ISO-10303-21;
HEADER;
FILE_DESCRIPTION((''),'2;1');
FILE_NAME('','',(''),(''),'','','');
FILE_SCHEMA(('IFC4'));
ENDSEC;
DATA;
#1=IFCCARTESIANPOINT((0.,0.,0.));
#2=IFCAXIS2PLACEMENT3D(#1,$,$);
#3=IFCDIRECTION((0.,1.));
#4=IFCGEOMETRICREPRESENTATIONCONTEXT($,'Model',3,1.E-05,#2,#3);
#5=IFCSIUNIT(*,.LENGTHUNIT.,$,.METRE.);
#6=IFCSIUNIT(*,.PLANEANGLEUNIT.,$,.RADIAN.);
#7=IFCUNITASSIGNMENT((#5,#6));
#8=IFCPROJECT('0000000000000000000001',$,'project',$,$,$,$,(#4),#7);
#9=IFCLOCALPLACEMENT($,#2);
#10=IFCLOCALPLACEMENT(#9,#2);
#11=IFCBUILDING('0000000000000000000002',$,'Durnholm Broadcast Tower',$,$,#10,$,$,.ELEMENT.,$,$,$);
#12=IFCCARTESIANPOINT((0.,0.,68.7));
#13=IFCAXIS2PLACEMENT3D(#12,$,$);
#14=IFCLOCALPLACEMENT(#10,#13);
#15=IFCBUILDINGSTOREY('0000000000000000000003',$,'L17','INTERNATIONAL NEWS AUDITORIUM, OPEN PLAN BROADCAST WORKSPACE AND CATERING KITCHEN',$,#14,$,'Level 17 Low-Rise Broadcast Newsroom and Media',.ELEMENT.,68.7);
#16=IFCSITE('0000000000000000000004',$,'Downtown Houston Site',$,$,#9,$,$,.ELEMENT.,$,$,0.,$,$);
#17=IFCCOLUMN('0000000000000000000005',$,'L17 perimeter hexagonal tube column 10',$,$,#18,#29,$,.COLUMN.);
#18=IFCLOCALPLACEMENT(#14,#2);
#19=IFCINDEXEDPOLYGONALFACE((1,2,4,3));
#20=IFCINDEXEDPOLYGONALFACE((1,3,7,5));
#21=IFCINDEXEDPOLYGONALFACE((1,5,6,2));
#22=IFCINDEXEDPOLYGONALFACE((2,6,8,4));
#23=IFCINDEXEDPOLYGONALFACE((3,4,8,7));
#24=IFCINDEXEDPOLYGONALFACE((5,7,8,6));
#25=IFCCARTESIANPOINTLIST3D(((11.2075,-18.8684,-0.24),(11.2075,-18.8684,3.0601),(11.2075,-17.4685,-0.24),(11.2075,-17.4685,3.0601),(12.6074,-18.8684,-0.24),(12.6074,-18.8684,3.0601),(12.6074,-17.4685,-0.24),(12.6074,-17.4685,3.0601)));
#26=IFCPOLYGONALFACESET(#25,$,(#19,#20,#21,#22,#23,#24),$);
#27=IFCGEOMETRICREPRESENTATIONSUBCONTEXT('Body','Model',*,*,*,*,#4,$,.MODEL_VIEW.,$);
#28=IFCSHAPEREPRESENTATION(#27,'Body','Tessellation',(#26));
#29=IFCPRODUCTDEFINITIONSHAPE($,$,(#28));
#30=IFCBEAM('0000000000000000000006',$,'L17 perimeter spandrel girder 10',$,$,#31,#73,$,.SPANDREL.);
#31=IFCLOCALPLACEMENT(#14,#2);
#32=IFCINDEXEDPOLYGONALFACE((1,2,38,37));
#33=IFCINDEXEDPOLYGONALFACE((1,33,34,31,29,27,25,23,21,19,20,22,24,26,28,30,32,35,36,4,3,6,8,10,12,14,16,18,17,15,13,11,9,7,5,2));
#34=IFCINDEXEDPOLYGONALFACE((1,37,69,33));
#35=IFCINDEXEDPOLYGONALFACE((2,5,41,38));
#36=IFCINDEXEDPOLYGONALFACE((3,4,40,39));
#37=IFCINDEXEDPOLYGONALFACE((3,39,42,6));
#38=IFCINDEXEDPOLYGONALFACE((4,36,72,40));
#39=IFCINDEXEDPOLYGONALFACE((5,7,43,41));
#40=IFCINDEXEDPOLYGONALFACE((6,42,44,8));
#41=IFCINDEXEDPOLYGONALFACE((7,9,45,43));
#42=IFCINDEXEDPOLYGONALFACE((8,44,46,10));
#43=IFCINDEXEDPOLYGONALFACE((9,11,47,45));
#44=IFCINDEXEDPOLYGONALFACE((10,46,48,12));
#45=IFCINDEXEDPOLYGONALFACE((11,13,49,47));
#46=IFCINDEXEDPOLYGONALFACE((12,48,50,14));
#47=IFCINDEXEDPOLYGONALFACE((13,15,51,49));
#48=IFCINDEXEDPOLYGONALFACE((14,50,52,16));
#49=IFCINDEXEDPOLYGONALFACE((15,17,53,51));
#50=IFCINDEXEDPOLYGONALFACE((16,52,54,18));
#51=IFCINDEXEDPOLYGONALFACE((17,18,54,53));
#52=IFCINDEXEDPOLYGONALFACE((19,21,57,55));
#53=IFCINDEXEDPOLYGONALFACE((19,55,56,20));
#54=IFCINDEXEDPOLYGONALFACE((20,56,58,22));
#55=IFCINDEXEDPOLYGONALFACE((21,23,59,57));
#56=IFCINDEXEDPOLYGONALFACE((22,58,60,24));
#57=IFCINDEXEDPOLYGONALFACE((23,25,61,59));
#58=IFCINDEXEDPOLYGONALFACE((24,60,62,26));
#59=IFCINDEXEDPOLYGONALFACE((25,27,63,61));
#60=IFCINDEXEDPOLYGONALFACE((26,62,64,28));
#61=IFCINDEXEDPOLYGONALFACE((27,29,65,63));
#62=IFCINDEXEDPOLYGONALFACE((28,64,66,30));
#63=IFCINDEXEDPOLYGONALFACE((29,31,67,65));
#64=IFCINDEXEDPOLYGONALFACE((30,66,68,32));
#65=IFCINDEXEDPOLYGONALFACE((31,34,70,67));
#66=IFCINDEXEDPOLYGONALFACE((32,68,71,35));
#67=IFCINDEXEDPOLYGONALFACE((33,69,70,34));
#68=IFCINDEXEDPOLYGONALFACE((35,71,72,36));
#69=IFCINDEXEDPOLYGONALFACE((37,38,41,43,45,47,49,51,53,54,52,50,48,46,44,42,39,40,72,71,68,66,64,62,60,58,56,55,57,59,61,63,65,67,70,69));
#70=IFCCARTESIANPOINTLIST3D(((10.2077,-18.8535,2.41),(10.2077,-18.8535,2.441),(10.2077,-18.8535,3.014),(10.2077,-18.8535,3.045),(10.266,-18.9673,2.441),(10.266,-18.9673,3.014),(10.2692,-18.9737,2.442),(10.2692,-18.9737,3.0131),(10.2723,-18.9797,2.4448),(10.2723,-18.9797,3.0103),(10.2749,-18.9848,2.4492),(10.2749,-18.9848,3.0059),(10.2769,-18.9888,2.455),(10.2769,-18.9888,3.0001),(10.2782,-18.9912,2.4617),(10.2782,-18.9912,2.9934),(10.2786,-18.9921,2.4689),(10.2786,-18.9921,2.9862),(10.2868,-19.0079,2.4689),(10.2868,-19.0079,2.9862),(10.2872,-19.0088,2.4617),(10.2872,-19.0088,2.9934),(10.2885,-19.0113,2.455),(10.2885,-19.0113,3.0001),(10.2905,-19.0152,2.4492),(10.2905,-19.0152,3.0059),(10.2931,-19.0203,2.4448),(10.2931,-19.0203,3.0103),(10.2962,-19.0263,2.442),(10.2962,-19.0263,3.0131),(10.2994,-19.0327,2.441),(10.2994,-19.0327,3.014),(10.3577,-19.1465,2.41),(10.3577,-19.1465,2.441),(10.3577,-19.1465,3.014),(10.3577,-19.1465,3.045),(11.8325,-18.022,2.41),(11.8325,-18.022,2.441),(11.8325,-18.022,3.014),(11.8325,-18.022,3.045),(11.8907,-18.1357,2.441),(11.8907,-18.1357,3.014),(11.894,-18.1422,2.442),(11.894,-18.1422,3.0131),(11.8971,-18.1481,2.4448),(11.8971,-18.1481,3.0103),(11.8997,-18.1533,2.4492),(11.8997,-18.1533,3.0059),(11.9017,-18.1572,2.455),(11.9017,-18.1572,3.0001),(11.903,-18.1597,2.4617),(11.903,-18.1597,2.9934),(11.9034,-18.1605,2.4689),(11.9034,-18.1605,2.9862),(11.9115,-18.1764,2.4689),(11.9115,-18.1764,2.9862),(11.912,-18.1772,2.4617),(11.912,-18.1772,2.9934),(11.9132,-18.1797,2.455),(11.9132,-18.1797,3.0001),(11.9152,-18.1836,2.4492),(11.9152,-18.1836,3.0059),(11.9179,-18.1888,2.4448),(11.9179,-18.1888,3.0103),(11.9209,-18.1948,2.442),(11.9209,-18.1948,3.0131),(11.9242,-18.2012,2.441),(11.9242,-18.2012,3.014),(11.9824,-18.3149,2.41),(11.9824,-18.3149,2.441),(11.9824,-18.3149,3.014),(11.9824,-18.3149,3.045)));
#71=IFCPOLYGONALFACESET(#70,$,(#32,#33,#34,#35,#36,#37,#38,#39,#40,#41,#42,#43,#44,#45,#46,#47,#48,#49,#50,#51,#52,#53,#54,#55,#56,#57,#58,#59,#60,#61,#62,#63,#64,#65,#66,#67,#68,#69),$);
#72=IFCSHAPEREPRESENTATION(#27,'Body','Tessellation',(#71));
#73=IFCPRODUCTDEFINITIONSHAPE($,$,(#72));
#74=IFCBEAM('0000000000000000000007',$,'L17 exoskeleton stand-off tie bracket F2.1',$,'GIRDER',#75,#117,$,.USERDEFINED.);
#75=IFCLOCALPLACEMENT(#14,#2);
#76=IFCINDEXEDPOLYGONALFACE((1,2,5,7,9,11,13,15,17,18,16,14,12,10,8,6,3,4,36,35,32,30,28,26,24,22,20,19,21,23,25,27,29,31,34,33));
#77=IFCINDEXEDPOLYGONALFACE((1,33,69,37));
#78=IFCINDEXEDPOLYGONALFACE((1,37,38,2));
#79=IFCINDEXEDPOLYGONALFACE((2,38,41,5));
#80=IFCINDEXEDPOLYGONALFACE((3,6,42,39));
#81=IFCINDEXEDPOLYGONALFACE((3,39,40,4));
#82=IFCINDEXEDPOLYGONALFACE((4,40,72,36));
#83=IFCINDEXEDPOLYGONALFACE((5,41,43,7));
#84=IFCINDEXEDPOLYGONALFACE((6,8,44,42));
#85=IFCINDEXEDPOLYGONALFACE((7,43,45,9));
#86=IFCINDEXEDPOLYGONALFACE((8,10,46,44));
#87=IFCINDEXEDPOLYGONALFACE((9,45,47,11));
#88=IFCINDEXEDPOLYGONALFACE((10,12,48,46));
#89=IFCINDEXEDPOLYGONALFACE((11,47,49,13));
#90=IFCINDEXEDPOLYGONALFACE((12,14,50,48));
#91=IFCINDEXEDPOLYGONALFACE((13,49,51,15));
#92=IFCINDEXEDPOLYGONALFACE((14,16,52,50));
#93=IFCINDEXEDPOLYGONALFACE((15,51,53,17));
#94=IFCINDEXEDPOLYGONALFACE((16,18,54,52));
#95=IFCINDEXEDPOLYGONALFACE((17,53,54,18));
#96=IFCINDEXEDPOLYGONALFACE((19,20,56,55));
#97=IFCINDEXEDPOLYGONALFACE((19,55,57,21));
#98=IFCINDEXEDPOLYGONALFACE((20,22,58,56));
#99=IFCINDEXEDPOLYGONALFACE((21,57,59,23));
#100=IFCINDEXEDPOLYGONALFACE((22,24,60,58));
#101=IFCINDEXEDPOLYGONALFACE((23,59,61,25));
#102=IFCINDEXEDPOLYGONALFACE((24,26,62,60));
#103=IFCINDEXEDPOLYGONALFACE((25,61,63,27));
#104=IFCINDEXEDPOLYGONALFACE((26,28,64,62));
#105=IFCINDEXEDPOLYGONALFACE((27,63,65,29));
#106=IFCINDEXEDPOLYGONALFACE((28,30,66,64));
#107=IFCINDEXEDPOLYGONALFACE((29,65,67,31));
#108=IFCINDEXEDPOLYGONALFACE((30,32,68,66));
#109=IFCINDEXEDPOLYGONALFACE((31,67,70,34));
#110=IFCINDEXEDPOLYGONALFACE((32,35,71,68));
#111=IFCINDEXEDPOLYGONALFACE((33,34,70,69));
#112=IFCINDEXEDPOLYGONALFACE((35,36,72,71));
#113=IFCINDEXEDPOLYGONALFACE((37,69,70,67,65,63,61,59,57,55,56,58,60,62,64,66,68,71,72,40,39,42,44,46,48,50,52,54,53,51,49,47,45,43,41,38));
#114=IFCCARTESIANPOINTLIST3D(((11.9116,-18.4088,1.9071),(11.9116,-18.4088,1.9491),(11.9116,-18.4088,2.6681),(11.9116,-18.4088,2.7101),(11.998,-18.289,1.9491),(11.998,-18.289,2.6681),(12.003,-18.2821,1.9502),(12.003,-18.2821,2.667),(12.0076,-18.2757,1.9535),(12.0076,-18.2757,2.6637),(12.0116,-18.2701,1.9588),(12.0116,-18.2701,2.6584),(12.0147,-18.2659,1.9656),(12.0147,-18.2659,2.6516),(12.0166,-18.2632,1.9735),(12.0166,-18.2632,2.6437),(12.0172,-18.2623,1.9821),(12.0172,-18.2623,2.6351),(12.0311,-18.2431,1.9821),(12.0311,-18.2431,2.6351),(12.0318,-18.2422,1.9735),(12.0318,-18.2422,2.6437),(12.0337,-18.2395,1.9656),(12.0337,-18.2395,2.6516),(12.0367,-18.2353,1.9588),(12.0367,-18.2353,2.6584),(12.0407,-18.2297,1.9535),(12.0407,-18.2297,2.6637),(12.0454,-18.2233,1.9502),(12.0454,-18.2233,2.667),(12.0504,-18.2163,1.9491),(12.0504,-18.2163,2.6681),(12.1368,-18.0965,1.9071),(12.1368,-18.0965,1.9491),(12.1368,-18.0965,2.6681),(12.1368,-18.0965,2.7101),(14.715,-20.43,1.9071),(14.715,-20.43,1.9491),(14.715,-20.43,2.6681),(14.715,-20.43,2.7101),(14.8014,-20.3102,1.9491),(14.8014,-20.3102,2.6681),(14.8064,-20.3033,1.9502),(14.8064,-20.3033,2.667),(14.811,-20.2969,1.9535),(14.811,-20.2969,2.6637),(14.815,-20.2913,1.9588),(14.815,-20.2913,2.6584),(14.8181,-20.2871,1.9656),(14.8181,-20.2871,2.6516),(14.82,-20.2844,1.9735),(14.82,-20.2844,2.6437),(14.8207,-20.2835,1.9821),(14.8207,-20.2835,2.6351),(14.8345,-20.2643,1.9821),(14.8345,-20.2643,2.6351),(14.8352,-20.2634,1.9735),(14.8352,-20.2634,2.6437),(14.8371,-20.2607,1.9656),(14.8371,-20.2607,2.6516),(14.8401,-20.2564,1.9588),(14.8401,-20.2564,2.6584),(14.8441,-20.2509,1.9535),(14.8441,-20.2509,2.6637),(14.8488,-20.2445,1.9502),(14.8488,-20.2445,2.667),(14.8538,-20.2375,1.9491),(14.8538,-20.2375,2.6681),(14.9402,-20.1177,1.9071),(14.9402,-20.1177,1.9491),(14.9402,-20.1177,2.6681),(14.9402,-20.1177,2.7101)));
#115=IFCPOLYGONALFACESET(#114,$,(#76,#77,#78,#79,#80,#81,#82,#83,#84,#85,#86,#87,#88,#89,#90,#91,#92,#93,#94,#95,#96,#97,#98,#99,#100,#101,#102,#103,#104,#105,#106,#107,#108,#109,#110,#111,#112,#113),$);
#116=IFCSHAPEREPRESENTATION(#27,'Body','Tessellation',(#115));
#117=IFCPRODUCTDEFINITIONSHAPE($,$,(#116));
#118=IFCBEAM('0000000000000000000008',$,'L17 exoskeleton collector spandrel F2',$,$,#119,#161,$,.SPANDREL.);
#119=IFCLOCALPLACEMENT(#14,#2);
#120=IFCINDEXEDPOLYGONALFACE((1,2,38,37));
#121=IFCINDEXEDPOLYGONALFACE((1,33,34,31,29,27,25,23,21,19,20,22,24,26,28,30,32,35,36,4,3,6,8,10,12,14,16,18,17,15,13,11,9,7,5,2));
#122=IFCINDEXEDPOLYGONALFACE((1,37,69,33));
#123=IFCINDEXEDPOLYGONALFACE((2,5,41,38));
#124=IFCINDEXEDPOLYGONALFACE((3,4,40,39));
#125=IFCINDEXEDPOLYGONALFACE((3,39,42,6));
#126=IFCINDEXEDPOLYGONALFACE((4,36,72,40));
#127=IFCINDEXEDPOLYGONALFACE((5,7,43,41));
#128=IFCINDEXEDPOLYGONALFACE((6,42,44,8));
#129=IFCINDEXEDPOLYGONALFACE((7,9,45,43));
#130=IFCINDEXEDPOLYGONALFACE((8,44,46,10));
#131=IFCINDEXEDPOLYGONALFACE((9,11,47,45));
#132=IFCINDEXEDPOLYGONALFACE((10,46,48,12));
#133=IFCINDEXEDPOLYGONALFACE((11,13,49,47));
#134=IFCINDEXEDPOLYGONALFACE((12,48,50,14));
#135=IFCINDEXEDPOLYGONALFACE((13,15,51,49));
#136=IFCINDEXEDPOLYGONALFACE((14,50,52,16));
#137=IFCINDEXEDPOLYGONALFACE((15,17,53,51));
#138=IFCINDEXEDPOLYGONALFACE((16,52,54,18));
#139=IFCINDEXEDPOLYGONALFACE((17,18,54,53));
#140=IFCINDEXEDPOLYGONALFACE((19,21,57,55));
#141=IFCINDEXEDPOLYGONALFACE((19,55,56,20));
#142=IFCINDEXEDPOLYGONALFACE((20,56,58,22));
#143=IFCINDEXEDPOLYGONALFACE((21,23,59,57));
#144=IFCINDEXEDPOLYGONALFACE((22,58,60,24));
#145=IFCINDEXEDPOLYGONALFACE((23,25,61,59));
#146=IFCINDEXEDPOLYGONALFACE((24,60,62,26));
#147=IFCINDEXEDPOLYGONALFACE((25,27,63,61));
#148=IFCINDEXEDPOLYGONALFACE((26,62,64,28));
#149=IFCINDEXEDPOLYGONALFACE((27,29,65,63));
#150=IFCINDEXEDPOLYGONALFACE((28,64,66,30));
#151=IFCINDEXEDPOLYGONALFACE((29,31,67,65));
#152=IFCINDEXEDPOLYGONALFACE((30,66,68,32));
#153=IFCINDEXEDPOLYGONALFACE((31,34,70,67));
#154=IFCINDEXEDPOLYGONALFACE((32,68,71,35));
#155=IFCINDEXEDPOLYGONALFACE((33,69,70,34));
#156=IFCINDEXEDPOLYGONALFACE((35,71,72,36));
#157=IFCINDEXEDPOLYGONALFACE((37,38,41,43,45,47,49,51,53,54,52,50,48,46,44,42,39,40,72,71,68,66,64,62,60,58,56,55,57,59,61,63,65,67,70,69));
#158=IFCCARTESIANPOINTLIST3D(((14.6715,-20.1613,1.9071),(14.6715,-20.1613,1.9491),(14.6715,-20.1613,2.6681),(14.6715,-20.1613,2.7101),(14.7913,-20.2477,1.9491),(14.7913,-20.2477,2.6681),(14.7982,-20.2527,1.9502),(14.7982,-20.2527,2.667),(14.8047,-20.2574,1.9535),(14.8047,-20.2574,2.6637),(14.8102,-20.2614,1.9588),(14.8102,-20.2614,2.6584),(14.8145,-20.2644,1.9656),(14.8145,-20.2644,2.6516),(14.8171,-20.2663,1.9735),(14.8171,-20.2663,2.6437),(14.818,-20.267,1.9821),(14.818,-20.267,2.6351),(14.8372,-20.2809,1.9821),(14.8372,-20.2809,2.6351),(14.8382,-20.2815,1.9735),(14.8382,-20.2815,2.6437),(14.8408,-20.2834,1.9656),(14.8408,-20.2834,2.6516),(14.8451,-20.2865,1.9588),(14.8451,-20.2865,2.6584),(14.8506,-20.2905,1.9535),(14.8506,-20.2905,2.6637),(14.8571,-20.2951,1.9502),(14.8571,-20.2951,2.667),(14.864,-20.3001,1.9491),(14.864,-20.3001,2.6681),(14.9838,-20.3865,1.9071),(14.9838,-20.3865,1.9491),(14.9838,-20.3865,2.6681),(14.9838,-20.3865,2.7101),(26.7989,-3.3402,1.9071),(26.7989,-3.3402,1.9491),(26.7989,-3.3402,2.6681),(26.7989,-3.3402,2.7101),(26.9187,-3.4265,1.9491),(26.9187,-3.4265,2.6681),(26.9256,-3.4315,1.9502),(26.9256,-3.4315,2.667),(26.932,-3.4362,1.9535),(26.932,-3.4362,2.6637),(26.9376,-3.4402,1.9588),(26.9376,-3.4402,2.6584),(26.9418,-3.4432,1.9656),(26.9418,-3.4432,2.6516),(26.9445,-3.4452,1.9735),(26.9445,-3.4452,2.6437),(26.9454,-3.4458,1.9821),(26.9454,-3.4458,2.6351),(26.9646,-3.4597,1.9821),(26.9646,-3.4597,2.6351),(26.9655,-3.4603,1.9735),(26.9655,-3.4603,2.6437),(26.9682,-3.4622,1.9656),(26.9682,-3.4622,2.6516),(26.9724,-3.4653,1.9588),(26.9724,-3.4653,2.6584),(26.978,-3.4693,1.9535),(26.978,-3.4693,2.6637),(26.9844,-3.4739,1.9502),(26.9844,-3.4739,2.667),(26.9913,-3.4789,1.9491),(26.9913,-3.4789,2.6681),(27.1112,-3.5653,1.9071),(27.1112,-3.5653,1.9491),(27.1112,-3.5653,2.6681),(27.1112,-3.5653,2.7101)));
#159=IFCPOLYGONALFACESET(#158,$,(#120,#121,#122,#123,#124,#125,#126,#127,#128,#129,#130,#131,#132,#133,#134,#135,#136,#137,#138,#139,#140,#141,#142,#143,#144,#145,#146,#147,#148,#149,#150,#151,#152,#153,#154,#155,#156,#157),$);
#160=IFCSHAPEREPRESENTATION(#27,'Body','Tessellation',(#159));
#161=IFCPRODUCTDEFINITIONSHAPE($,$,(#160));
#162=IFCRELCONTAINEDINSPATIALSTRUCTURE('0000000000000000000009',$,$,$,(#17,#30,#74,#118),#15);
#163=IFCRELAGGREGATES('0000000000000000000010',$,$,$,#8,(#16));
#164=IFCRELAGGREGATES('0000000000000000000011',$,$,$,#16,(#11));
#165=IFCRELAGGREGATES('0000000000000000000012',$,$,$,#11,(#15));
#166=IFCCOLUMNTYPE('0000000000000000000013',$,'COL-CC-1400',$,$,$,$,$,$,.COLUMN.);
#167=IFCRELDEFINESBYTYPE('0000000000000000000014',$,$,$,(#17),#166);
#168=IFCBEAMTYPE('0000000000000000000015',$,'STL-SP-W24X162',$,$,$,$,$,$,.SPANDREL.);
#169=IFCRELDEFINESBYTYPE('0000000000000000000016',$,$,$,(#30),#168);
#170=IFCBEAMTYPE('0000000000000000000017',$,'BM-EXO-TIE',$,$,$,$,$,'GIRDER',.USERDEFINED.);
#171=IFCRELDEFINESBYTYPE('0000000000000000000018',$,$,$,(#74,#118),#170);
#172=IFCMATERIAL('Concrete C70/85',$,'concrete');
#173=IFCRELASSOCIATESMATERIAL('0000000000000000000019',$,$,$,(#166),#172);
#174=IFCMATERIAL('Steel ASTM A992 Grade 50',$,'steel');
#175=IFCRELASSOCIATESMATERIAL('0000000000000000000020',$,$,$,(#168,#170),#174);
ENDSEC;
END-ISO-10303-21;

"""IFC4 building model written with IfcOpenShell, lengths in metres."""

from ifc_helpers import new_model, si_unit, direction, frame, origin, origin_2d, place, context, subcontext, project, spatial, rectangle, i_section, extrude, source, transform, mapped, material, material_profile, profile_set, type_object, type_shapes, element, save


model = new_model("IFC4")

# Units and contexts
model_context = context("Model", 3, precision=1e-05, world=origin(), true_north=direction((0.0, 1.0)))
body_context = subcontext(model_context, "Body", "Model", "MODEL_VIEW")
ifc_project = project(units=[si_unit("LENGTHUNIT", "METRE"), si_unit("PLANEANGLEUNIT", "RADIAN")], contexts=[model_context])

# Site, building, storey
site_placement = place(None, origin())
site = spatial("IfcSite", under=ifc_project, at=site_placement, Name="Downtown Houston Site", CompositionType="ELEMENT", RefElevation=0.0)
building_placement = place(site_placement, origin())
building = spatial("IfcBuilding", under=site, at=building_placement, Name="Durnholm Broadcast Tower", CompositionType="ELEMENT")
storey_placement = place(building_placement, frame((0.0, 0.0, 68.7)))
storey = spatial("IfcBuildingStorey", under=building, at=storey_placement, Name="L17", Description="INTERNATIONAL NEWS AUDITORIUM, OPEN PLAN BROADCAST WORKSPACE AND CATERING KITCHEN", LongName="Level 17 Low-Rise Broadcast Newsroom and Media", CompositionType="ELEMENT", Elevation=68.7)

# Column
ifc_material_1 = material(Name="Concrete C70/85", Category="concrete")
ifc_material_profile_1 = material_profile(ifc_material_1, rectangle(XDim=1.3999, YDim=1.3999, at=origin_2d()), Name="RC1400X1400")
ifc_profile_set_1 = profile_set([ifc_material_profile_1], Name="Concrete C70/85")
column_type = type_object("IfcColumnType", Name="COL-CC-1400", PredefinedType="COLUMN", material=ifc_profile_set_1)
shared_shape_1 = source(origin(), body_context, "Body", "SweptSolid", [
    extrude(rectangle(XDim=1.3999, YDim=1.3999, at=origin_2d()), origin(), (0.0, 0.0, 1.0), 3.3),
])
type_shapes(column_type, [shared_shape_1])
column_placement = place(storey_placement, frame((11.9075, -18.1685, -0.24), z_axis=(0.0, 0.0, 1.0), x_axis=(1.0, 0.0, 0.0)))
element("IfcColumn", 1, at=column_placement, inside=storey, type_object=column_type, Name="L17 perimeter hexagonal tube column 10", PredefinedType="COLUMN", context=body_context, shape_type="MappedRepresentation", body=[
    mapped(shared_shape_1, transform((0.0, 0.0, 0.0), x_axis=(1.0, 0.0, 0.0), y_axis=(0.0, 1.0, 0.0), z_axis=(0.0, 0.0, 1.0), scale=1.0)),
])

# Beams
ifc_material_2 = material(Name="Steel ASTM A992 Grade 50", Category="steel")
ifc_material_profile_2 = material_profile(ifc_material_2, i_section(OverallWidth=0.3291, OverallDepth=0.635, WebThickness=0.0178, FlangeThickness=0.031, FilletRadius=0.0278, at=origin_2d()), Name="W24X162")
ifc_profile_set_2 = profile_set([ifc_material_profile_2], Name="Steel ASTM A992 Grade 50")
beam_type_1 = type_object("IfcBeamType", Name="STL-SP-W24X162", PredefinedType="SPANDREL", material=ifc_profile_set_2)
shared_shape_2 = source(origin(), body_context, "Body", "SweptSolid", [
    extrude(i_section(OverallWidth=0.3291, OverallDepth=0.635, WebThickness=0.0178, FlangeThickness=0.031, FilletRadius=0.0278, at=origin_2d()), origin(), (0.0, 0.0, 1.0), 1.8252),
])
type_shapes(beam_type_1, [shared_shape_2])
beam_1_placement = place(storey_placement, frame((11.9075, -18.1685, 2.7275), z_axis=(-0.890188, -0.455594, 0.0), x_axis=(0.455594, -0.890188, 0.0)))
element("IfcBeam", 2, at=beam_1_placement, inside=storey, type_object=beam_type_1, Name="L17 perimeter spandrel girder 10", PredefinedType="SPANDREL", context=body_context, shape_type="MappedRepresentation", body=[
    mapped(shared_shape_2, transform((0.0, 0.0, 0.0), x_axis=(1.0, 0.0, 0.0), y_axis=(0.0, 1.0, 0.0), z_axis=(0.0, 0.0, 1.0), scale=1.0)),
])
ifc_material_profile_3 = material_profile(ifc_material_2, i_section(OverallWidth=0.385, OverallDepth=0.803, WebThickness=0.0237, FlangeThickness=0.042, FilletRadius=0.033, at=origin_2d()), Name="W30X261")
ifc_profile_set_3 = profile_set([ifc_material_profile_3], Name="Steel ASTM A992 Grade 50")
beam_type_2 = type_object("IfcBeamType", Name="BM-EXO-TIE", ElementType="GIRDER", PredefinedType="USERDEFINED", material=ifc_profile_set_3)
shared_shape_3 = source(origin(), body_context, "Body", "SweptSolid", [
    extrude(i_section(OverallWidth=0.385, OverallDepth=0.803, WebThickness=0.0237, FlangeThickness=0.042, FilletRadius=0.033, at=origin_2d()), origin(), (0.0, 0.0, 1.0), 3.4561),
])
beam_2_placement = place(storey_placement, frame((12.0242, -18.2527, 2.3086), z_axis=(0.811158, -0.584828, 0.0), x_axis=(0.584828, 0.811158, 0.0)))
element("IfcBeam", 3, at=beam_2_placement, inside=storey, type_object=beam_type_2, Name="L17 exoskeleton stand-off tie bracket F2.1", ObjectType="GIRDER", PredefinedType="USERDEFINED", context=body_context, shape_type="MappedRepresentation", body=[
    mapped(shared_shape_3, transform((0.0, 0.0, 0.0), x_axis=(1.0, 0.0, 0.0), y_axis=(0.0, 1.0, 0.0), z_axis=(0.0, 0.0, 1.0), scale=1.0)),
])
shared_shape_4 = source(origin(), body_context, "Body", "SweptSolid", [
    extrude(i_section(OverallWidth=0.385, OverallDepth=0.803, WebThickness=0.0237, FlangeThickness=0.042, FilletRadius=0.033, at=origin_2d()), origin(), (0.0, 0.0, 1.0), 20.7371),
])
type_shapes(beam_type_2, [shared_shape_3, shared_shape_4])
beam_3_placement = place(storey_placement, frame((14.8276, -20.2739, 2.3086), z_axis=(0.584816, 0.811166, 0.0), x_axis=(-0.811166, 0.584816, 0.0)))
element("IfcBeam", 4, at=beam_3_placement, inside=storey, type_object=beam_type_2, Name="L17 exoskeleton collector spandrel F2", PredefinedType="SPANDREL", context=body_context, shape_type="MappedRepresentation", body=[
    mapped(shared_shape_4, transform((0.0, 0.0, 0.0), x_axis=(1.0, 0.0, 0.0), y_axis=(0.0, 1.0, 0.0), z_axis=(0.0, 0.0, 1.0), scale=1.0)),
])

save(model, "model.ifc")
